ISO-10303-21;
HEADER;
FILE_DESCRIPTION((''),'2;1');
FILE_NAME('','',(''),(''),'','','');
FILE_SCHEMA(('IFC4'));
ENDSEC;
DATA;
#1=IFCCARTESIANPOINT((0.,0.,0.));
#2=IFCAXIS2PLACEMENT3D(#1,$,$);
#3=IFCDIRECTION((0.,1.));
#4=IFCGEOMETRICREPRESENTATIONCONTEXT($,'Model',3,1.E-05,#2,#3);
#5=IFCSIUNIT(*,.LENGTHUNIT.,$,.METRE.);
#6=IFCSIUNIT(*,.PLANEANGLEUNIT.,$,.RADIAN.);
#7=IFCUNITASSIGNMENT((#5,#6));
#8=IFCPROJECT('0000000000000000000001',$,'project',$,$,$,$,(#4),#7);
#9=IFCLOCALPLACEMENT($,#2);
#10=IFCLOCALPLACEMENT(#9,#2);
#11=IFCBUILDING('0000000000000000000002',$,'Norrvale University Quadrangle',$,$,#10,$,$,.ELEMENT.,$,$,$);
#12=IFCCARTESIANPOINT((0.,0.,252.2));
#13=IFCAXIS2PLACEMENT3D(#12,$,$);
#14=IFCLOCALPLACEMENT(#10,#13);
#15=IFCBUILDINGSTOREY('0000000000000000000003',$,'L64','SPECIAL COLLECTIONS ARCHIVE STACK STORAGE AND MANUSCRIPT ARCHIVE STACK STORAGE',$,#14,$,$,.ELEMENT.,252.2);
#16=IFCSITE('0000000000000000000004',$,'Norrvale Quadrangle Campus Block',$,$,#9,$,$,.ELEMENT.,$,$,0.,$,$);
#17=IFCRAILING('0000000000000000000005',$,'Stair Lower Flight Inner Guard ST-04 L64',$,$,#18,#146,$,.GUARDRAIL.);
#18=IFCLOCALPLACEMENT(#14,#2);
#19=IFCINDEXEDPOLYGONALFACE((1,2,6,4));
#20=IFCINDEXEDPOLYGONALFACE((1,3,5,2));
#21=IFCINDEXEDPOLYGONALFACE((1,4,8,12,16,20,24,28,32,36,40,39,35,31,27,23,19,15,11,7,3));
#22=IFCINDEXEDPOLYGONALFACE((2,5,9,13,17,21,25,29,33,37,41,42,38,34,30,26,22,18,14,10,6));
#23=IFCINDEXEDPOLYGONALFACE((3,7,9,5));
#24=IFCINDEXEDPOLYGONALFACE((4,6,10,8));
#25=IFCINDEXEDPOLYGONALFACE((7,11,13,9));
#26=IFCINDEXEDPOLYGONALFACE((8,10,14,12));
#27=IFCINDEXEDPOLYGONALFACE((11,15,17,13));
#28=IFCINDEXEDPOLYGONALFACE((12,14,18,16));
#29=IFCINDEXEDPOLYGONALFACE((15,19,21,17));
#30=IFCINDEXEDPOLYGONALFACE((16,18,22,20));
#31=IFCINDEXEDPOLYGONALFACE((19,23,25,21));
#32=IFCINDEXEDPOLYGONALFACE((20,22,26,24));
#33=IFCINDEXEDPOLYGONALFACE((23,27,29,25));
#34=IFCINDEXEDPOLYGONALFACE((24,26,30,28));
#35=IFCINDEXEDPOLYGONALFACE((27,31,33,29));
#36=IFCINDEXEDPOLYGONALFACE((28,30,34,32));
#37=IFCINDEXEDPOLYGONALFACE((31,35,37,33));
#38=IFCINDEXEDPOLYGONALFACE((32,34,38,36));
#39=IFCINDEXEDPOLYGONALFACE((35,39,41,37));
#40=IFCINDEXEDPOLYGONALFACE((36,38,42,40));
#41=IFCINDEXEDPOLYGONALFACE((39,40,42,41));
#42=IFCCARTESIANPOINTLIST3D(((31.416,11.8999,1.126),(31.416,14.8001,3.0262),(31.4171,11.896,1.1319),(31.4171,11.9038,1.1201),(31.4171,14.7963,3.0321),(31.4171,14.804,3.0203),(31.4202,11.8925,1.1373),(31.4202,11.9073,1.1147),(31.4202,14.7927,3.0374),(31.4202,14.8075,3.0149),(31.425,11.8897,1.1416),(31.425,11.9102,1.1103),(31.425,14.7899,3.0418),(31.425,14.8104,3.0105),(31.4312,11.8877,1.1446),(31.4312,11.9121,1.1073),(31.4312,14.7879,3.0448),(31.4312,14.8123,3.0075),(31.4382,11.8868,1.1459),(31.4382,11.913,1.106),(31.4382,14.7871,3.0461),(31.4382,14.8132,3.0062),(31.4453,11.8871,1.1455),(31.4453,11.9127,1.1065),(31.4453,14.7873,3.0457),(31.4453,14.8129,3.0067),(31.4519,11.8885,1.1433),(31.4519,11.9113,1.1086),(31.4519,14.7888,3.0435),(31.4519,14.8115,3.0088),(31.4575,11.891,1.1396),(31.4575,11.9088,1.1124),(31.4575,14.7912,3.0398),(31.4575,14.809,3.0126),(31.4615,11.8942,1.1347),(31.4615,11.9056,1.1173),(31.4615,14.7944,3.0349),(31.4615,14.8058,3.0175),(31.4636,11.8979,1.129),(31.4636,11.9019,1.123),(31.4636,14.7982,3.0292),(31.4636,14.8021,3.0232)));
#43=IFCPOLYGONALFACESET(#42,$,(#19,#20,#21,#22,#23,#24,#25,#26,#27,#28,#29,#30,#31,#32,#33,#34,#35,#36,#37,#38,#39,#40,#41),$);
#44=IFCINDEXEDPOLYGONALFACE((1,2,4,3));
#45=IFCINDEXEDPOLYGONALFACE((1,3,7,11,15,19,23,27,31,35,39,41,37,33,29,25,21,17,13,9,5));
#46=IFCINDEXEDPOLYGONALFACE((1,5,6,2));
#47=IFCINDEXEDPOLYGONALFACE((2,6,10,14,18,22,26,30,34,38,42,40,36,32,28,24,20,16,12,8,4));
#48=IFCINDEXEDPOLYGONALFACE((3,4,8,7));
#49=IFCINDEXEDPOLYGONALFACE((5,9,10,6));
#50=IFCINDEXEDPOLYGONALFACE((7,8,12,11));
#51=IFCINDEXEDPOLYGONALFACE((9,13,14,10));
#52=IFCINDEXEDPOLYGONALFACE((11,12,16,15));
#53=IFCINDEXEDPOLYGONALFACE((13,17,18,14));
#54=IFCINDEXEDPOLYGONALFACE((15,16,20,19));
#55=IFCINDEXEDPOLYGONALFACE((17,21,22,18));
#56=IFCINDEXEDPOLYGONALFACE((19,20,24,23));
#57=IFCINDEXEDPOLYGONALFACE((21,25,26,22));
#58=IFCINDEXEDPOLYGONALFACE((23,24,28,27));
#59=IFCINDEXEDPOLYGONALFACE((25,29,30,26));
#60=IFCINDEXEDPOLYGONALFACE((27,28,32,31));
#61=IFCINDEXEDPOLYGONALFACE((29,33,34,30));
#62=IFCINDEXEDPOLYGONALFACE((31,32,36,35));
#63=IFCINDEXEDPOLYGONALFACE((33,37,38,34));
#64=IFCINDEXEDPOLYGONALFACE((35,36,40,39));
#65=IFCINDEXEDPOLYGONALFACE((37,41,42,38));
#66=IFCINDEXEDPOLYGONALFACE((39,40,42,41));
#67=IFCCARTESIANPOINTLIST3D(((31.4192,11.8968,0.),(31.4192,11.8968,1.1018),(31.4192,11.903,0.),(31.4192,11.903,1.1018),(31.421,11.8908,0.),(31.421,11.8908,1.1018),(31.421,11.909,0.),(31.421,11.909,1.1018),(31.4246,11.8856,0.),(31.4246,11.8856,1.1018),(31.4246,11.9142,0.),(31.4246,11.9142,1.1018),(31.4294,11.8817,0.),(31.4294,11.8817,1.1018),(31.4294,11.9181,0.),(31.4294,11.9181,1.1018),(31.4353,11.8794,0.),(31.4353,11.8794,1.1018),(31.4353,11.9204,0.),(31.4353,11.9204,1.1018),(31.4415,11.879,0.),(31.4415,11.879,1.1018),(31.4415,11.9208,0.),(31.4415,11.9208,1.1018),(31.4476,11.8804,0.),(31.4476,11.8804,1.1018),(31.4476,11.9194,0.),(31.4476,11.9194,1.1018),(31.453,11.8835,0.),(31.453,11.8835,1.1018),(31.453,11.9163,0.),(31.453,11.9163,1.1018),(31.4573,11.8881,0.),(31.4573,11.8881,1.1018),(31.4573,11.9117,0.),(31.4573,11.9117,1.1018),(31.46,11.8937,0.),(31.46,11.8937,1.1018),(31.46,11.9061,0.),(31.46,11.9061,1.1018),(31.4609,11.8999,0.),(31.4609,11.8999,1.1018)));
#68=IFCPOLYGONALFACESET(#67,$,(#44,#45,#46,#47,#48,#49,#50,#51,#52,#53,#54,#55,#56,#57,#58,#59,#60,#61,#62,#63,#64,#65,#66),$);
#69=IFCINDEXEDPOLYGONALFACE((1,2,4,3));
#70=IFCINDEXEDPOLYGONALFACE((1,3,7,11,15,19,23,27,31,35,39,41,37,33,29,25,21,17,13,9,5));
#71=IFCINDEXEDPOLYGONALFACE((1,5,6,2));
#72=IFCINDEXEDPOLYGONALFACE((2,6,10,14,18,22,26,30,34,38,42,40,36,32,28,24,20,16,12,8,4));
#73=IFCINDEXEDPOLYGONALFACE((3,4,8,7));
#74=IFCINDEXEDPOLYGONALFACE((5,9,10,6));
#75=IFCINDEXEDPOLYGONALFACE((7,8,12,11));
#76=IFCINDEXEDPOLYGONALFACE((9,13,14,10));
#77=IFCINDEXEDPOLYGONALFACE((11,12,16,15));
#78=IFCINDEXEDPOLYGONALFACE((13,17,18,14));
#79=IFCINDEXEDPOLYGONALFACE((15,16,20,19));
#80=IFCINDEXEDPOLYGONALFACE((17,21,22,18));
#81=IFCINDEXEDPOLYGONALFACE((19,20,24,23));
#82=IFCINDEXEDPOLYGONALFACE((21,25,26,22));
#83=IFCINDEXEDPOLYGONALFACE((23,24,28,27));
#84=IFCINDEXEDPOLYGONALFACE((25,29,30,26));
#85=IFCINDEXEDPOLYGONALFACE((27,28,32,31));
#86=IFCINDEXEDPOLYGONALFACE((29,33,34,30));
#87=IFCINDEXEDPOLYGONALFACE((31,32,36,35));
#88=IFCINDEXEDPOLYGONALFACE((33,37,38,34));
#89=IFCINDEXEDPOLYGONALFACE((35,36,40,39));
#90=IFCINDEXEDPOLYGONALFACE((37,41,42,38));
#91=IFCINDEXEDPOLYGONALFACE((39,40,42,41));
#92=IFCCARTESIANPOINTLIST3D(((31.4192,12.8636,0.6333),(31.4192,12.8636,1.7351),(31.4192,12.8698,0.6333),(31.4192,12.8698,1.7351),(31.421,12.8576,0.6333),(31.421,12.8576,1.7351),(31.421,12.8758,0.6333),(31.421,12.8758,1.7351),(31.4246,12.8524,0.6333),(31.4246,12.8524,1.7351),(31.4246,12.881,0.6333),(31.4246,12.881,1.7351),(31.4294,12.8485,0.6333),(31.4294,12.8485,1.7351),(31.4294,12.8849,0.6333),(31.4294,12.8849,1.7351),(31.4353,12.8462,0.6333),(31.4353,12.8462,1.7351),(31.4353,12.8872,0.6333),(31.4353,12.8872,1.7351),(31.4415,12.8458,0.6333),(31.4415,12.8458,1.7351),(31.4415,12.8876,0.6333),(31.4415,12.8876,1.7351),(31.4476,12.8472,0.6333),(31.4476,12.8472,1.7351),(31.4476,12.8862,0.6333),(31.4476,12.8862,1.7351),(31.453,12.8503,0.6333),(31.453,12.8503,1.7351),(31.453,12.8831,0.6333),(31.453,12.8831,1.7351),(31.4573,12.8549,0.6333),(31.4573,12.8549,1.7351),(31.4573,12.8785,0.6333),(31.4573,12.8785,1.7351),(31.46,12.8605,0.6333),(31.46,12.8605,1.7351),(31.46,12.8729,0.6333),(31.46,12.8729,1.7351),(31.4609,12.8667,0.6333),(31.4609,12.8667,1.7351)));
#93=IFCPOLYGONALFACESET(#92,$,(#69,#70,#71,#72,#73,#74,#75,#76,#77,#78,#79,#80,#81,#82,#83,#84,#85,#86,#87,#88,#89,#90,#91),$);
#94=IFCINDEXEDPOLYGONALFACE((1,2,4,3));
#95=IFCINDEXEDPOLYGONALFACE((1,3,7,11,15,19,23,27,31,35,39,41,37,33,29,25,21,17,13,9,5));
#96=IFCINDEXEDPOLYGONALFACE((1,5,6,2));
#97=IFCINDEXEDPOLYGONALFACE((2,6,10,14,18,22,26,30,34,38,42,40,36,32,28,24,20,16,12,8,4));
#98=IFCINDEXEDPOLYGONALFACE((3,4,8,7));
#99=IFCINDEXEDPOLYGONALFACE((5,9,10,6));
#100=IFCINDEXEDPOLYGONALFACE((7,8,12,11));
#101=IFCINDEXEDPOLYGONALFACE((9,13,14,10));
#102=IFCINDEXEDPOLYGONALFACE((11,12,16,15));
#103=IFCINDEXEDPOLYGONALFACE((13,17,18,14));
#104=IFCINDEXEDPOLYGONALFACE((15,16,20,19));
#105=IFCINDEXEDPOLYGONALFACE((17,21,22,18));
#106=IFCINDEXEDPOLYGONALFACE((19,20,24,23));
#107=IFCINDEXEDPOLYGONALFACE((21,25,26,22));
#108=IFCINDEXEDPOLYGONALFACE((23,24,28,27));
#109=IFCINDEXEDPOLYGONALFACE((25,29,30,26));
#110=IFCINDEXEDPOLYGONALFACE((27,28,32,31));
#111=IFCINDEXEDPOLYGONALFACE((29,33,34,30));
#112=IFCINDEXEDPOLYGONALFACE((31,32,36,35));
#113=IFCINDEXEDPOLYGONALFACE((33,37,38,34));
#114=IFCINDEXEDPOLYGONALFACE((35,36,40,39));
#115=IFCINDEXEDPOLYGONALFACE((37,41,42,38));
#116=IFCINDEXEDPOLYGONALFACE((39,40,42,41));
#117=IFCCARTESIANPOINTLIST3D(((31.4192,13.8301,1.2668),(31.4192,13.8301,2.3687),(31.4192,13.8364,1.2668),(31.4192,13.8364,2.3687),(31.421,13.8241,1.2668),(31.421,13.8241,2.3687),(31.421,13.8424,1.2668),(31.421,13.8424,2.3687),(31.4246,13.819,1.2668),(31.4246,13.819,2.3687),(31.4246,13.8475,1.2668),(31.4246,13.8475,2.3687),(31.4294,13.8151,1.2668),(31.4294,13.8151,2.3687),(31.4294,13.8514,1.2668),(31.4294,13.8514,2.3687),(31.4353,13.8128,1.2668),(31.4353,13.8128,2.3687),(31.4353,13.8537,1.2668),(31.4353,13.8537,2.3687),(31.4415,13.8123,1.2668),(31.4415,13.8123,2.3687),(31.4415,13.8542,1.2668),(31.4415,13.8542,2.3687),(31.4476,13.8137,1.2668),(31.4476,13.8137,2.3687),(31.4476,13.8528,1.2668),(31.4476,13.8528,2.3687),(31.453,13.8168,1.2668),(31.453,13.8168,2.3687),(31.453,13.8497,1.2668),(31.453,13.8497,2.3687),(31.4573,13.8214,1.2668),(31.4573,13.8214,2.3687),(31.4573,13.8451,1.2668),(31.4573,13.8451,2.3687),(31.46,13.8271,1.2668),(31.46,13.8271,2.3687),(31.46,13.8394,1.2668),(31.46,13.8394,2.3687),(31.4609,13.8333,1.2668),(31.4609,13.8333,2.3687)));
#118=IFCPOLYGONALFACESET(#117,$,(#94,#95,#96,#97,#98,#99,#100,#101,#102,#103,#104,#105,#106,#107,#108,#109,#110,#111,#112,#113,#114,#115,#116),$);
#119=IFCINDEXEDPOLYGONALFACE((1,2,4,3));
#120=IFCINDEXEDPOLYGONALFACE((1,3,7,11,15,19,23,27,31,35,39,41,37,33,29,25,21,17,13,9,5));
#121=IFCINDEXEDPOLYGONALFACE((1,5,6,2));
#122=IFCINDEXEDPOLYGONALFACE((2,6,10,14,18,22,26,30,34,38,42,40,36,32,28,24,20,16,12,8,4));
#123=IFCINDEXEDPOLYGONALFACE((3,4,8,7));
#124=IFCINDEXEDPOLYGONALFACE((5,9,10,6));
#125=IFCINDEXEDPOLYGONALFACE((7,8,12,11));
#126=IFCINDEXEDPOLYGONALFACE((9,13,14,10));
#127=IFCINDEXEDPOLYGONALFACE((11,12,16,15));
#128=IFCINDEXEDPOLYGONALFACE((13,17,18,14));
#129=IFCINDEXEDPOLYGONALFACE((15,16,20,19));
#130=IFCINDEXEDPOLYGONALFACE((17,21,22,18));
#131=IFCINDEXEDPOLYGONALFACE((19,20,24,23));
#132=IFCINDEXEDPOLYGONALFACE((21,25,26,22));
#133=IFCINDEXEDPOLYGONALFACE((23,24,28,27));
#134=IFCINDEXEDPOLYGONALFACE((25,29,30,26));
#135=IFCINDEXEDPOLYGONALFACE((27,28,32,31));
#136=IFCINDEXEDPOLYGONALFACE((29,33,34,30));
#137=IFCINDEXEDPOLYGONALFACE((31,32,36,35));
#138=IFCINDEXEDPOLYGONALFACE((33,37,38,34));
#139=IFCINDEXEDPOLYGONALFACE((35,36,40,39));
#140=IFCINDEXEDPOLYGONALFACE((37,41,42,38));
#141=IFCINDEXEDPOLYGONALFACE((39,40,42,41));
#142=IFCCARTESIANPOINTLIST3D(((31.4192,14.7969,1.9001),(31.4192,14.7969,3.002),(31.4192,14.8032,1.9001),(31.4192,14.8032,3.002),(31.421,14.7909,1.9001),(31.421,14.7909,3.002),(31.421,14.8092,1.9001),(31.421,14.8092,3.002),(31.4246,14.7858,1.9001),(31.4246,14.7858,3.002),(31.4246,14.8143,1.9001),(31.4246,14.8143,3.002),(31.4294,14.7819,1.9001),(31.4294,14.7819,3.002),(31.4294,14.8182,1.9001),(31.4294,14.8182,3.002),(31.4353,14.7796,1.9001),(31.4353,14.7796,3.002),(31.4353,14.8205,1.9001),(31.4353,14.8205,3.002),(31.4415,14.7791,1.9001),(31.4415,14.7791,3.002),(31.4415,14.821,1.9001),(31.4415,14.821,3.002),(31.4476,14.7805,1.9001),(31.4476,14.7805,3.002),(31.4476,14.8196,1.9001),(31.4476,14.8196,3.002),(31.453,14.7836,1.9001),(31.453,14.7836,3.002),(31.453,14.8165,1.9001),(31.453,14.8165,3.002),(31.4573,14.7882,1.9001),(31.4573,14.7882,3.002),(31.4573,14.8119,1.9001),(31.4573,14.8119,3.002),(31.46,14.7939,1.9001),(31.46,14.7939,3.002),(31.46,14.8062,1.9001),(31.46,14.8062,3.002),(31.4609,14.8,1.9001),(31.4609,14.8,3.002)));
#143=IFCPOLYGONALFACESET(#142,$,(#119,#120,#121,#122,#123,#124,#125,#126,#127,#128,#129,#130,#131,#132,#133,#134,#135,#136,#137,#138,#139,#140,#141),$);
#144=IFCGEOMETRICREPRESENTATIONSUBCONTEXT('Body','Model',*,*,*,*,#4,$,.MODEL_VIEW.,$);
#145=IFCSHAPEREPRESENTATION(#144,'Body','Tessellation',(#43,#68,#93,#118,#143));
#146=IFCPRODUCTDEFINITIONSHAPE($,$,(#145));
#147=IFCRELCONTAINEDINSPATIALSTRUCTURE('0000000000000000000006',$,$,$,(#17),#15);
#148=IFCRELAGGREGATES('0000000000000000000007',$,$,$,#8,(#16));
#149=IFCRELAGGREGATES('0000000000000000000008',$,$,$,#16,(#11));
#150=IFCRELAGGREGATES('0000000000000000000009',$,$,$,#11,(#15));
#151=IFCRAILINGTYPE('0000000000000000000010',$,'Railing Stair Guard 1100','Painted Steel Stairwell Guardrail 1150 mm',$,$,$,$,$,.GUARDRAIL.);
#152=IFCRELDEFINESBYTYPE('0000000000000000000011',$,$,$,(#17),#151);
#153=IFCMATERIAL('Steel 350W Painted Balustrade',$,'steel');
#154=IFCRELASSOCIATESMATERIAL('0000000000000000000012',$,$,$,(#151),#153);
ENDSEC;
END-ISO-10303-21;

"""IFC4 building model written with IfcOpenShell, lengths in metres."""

from ifc_helpers import new_model, si_unit, direction, frame, origin, origin_2d, place, context, subcontext, project, spatial, circle, extrude, material, type_object, element, save


model = new_model("IFC4")

# Units and contexts
model_context = context("Model", 3, precision=1e-05, world=origin(), true_north=direction((0.0, 1.0)))
body_context = subcontext(model_context, "Body", "Model", "MODEL_VIEW")
ifc_project = project(units=[si_unit("LENGTHUNIT", "METRE"), si_unit("PLANEANGLEUNIT", "RADIAN")], contexts=[model_context])

# Site, building, storey
site_placement = place(None, origin())
site = spatial("IfcSite", under=ifc_project, at=site_placement, Name="Norrvale Quadrangle Campus Block", CompositionType="ELEMENT", RefElevation=0.0)
building_placement = place(site_placement, origin())
building = spatial("IfcBuilding", under=site, at=building_placement, Name="Norrvale University Quadrangle", CompositionType="ELEMENT")
storey_placement = place(building_placement, frame((0.0, 0.0, 252.2)))
storey = spatial("IfcBuildingStorey", under=building, at=storey_placement, Name="L64", Description="SPECIAL COLLECTIONS ARCHIVE STACK STORAGE AND MANUSCRIPT ARCHIVE STACK STORAGE", CompositionType="ELEMENT", Elevation=252.2)

# Railing
ifc_material_1 = material(Name="Steel 350W Painted Balustrade", Category="steel")
railing_type_1 = type_object("IfcRailingType", Name="Railing Stair Guard 1100", Description="Painted Steel Stairwell Guardrail 1150 mm", PredefinedType="GUARDRAIL", material=ifc_material_1)
railing_1_placement = place(storey_placement, frame((31.4399, 11.8999, 0.0)))
element("IfcRailing", 1, at=railing_1_placement, inside=storey, type_object=railing_type_1, Name="Stair Lower Flight Inner Guard ST-04 L64", PredefinedType="GUARDRAIL", context=body_context, shape_type="SweptSolid", body=[
    extrude(circle(Radius=0.0239, at=origin_2d()), frame((0.0, 0.0, 1.126), z_axis=(0.0, 0.836454, 0.548036), x_axis=(-1.0, 0.0, 0.0)), (0.0, 0.0, 1.0), 3.4673),
    extrude(circle(Radius=0.021, at=origin_2d()), origin(), (0.0, 0.0, 1.0), 1.1018),
    extrude(circle(Radius=0.021, at=origin_2d()), frame((0.0, 0.9668, 0.6333)), (0.0, 0.0, 1.0), 1.1018),
    extrude(circle(Radius=0.021, at=origin_2d()), frame((0.0, 1.9333, 1.2668)), (0.0, 0.0, 1.0), 1.1018),
    extrude(circle(Radius=0.021, at=origin_2d()), frame((0.0, 2.9001, 1.9001)), (0.0, 0.0, 1.0), 1.1018),
])

save(model, "model.ifc")
